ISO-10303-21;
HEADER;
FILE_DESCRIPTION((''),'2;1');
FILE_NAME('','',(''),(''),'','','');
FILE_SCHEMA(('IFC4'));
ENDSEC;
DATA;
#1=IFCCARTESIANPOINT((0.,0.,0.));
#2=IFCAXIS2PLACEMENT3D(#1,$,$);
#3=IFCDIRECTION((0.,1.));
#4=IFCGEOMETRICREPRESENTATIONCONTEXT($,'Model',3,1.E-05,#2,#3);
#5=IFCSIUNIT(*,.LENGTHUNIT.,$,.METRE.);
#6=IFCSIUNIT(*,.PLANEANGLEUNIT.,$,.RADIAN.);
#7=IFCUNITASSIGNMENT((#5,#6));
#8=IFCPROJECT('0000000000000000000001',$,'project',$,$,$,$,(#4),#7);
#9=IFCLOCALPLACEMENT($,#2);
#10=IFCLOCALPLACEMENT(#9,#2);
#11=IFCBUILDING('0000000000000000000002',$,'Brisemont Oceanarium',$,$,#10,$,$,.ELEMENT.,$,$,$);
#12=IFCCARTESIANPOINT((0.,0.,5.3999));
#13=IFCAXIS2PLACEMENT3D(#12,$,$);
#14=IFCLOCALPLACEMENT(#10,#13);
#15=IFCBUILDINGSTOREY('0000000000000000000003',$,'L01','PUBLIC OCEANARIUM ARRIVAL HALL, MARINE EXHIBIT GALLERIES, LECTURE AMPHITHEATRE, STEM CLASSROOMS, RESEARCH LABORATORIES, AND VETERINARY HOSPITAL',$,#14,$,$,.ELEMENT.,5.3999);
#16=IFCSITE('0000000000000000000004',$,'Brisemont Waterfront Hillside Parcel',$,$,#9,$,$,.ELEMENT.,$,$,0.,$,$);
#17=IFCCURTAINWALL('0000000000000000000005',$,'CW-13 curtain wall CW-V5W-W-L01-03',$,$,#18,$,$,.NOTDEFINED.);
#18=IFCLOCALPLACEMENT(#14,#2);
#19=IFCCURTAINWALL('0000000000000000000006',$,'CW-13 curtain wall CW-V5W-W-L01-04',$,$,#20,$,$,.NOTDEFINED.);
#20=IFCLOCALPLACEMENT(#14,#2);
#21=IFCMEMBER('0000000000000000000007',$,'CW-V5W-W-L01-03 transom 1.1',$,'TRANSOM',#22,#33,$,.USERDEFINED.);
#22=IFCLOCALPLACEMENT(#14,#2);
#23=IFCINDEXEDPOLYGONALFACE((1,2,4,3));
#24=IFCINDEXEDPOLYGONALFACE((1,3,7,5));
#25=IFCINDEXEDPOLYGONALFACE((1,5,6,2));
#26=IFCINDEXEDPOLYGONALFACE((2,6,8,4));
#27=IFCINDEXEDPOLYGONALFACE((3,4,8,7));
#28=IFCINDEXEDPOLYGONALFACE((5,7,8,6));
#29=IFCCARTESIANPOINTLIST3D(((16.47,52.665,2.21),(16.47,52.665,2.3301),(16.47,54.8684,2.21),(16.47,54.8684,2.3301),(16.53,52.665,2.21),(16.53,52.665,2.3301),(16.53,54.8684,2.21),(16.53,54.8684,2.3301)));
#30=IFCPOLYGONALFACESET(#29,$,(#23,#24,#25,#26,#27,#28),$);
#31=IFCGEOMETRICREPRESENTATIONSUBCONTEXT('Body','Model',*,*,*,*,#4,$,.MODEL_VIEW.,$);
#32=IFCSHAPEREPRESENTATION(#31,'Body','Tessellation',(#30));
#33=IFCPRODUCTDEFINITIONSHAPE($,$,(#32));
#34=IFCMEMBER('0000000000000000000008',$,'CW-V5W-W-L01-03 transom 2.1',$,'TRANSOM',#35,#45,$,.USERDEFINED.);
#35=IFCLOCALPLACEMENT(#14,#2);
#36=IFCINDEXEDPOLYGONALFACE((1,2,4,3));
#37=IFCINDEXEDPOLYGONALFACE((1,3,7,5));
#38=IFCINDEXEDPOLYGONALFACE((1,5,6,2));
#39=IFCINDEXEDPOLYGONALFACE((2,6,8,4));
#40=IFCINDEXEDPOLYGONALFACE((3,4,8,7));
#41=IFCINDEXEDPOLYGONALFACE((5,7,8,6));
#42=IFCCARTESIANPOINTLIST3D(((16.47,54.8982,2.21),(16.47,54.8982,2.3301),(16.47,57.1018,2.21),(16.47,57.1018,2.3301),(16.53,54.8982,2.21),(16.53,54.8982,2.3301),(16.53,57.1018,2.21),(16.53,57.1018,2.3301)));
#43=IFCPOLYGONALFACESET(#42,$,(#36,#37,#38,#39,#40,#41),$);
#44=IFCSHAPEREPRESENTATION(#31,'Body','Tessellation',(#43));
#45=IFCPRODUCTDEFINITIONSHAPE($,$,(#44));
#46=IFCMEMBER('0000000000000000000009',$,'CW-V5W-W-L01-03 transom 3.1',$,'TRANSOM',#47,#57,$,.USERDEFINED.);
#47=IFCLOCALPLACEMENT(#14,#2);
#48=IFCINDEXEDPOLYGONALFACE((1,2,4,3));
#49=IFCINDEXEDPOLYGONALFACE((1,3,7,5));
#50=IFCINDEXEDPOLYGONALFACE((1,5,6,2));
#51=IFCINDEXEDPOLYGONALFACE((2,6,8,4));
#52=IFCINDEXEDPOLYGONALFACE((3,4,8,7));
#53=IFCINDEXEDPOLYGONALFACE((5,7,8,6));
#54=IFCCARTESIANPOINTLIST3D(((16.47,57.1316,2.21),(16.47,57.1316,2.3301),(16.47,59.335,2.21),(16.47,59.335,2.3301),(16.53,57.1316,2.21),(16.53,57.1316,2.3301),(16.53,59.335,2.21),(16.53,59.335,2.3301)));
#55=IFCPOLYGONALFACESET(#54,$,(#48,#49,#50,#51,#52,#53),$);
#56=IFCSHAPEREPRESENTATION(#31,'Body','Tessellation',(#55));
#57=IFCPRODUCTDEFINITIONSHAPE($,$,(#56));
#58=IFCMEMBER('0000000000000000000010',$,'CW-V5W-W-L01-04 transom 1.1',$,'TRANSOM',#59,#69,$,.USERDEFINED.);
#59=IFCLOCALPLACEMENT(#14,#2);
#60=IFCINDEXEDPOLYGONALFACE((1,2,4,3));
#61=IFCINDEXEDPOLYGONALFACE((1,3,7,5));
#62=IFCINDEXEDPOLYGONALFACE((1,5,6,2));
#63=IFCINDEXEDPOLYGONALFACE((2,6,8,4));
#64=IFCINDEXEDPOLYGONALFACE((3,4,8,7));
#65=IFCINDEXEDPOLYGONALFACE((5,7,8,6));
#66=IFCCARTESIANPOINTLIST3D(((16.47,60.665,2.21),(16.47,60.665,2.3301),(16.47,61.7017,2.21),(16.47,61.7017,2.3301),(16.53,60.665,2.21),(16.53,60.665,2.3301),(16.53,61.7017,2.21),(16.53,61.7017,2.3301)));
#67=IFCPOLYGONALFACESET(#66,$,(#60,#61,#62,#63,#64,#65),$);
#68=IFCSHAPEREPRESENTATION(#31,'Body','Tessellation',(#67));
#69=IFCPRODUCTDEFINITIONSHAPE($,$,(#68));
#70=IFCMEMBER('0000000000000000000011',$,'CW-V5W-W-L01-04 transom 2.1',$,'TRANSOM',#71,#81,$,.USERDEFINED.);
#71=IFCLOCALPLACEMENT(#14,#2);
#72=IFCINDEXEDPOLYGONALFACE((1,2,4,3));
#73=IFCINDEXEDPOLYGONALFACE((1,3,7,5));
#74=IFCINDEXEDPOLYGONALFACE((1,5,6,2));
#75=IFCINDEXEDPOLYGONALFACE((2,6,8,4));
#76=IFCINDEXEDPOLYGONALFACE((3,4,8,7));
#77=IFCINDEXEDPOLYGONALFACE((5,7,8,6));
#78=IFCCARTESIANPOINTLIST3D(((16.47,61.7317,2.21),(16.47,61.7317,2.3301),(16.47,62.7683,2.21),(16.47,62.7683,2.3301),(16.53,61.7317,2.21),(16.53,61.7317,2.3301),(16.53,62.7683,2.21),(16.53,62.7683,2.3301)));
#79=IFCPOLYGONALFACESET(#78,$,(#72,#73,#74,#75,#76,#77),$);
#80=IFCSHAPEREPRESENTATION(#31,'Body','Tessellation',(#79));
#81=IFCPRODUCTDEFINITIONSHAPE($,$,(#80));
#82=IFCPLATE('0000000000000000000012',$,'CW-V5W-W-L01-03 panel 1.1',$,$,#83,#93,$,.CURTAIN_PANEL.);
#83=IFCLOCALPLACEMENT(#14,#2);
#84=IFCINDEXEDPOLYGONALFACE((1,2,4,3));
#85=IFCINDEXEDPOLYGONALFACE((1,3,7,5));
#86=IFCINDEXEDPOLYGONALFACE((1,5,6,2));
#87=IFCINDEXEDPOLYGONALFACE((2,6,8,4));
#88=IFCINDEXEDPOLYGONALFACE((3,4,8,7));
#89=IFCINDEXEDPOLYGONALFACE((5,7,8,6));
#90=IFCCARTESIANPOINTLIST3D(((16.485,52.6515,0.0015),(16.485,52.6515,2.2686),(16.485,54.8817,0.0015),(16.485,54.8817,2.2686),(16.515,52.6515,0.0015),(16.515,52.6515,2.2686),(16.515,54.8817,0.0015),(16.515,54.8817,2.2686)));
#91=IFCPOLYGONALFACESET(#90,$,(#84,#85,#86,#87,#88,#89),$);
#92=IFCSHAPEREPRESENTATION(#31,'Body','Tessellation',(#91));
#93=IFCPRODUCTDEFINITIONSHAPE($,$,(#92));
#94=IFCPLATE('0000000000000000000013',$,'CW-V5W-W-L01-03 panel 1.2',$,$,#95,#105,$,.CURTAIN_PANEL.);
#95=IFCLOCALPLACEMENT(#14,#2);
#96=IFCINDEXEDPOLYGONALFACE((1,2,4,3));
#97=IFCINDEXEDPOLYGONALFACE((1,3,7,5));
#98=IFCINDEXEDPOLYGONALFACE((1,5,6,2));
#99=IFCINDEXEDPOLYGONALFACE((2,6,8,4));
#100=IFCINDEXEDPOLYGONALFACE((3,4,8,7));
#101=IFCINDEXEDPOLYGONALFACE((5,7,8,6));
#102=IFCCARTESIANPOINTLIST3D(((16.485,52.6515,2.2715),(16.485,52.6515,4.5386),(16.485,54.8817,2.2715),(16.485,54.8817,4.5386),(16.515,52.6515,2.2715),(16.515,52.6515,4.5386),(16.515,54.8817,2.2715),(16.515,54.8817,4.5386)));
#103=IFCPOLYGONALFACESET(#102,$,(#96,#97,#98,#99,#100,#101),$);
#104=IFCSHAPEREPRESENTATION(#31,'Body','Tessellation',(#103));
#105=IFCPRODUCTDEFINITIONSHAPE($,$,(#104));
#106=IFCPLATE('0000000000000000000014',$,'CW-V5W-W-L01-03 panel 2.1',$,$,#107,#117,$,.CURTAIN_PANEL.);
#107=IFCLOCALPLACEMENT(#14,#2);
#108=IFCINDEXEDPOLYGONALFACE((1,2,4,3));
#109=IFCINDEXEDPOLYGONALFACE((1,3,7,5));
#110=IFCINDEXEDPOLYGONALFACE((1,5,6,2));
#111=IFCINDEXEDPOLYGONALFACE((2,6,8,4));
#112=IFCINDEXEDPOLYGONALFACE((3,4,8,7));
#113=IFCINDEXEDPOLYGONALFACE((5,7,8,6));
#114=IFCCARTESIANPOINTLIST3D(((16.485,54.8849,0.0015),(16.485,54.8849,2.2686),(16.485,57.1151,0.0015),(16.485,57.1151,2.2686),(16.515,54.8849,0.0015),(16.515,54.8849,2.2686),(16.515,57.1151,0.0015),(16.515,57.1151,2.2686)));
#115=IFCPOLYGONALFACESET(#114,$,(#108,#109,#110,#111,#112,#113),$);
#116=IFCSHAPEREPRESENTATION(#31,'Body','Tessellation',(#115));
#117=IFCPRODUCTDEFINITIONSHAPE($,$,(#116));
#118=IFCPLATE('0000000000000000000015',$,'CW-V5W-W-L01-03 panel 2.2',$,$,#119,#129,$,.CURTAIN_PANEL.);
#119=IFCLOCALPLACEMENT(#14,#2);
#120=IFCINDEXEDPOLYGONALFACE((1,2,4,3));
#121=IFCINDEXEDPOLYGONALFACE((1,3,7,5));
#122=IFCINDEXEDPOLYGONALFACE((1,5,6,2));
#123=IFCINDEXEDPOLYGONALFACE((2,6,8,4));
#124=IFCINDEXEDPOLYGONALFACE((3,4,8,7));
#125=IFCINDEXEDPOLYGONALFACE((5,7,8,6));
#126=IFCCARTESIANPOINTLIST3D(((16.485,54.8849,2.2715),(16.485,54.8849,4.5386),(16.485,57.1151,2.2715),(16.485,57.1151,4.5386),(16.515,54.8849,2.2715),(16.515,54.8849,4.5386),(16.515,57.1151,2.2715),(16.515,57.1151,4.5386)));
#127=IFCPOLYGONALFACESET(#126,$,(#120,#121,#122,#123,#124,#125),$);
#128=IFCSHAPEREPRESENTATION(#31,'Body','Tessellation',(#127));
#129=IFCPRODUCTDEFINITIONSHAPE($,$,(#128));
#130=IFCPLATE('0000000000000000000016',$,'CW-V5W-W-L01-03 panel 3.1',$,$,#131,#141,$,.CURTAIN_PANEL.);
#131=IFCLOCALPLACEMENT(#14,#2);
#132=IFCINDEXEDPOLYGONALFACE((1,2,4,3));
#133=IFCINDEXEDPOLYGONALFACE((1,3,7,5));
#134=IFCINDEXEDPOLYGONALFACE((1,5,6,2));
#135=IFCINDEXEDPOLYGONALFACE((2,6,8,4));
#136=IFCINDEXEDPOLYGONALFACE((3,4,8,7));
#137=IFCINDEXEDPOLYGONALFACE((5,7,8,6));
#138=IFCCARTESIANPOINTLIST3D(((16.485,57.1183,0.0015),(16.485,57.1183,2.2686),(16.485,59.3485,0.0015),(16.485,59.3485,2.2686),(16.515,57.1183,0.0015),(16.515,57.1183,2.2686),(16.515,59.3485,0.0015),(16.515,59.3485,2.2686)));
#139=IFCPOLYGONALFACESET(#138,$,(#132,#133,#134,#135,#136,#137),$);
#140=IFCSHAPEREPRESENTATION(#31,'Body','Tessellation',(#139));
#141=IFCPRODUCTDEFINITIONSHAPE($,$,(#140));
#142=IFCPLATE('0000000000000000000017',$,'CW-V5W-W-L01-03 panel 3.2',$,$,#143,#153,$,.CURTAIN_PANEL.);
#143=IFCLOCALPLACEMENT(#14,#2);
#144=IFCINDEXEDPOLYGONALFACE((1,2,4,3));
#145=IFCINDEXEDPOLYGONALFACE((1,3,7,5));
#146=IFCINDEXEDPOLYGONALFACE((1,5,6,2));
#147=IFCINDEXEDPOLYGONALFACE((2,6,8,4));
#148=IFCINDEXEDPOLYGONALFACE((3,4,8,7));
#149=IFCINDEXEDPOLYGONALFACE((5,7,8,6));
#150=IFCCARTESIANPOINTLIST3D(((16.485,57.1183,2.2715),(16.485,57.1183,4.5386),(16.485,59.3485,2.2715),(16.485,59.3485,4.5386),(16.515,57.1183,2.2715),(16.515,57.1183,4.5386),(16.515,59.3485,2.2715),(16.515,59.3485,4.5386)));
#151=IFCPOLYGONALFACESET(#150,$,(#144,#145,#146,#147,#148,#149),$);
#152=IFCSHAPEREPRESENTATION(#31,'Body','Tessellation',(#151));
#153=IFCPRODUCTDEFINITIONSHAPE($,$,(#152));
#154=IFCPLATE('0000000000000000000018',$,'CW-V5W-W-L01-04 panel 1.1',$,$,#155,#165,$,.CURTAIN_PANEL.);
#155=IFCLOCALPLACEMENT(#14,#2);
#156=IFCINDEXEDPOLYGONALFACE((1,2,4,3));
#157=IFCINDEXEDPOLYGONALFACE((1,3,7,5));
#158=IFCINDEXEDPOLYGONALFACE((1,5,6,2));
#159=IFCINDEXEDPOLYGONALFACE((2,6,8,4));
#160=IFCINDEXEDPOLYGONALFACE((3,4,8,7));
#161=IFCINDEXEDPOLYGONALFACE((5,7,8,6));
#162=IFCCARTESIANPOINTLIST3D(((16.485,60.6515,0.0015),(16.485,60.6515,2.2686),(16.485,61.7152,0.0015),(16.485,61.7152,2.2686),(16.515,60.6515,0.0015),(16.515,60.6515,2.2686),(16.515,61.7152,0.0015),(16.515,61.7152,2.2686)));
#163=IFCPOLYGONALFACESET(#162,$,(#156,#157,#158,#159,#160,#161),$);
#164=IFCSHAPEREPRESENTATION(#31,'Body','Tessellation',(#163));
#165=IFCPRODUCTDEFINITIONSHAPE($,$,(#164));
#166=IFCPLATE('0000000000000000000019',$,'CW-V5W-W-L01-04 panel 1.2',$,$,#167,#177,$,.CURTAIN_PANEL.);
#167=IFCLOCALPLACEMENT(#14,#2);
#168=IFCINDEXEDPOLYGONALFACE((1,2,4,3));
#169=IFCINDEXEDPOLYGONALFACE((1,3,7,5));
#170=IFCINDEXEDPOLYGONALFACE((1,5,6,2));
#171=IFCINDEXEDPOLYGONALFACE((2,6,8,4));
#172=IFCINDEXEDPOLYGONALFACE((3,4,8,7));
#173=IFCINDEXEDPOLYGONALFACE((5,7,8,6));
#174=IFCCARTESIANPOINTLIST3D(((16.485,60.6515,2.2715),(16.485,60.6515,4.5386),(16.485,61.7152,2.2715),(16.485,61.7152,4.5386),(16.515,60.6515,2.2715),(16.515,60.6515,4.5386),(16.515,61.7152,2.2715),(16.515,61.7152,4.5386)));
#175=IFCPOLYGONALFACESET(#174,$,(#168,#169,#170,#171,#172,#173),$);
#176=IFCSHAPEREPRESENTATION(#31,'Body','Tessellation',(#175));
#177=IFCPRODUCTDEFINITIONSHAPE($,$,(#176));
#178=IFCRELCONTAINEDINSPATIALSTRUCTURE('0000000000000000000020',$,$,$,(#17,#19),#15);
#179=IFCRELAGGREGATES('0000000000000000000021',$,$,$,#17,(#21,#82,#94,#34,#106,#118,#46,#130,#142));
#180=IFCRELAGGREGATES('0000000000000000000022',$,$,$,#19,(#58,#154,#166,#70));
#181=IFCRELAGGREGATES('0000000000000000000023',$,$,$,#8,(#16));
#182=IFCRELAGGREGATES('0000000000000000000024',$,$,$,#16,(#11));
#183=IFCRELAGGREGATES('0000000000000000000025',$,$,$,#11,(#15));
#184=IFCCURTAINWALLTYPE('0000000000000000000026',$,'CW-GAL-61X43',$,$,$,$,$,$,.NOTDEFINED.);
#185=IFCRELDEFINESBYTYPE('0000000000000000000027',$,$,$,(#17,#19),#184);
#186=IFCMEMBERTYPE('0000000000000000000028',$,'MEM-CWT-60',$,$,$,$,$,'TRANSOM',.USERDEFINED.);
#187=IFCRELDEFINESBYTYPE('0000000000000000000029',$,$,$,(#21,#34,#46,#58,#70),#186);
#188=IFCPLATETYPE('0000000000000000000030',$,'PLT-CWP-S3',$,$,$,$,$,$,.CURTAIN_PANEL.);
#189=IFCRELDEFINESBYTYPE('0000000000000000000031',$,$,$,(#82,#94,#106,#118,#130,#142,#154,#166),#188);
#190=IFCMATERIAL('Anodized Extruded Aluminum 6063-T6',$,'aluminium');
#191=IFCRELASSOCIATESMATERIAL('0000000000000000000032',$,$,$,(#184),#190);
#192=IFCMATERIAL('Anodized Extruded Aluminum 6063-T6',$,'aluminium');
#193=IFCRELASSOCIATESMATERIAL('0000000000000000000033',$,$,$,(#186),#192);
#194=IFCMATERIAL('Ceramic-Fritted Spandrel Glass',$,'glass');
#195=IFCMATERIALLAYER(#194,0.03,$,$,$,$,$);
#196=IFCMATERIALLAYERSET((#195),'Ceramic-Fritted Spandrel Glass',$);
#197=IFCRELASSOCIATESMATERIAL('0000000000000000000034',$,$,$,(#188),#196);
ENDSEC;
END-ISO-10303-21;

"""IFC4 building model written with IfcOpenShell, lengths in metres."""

from ifc_helpers import new_model, si_unit, direction, frame, origin, origin_2d, place, context, subcontext, project, spatial, rectangle, extrude, material, layer, layer_set, material_profile, profile_set, type_object, element, aggregate, save


model = new_model("IFC4")

# Units and contexts
model_context = context("Model", 3, precision=1e-05, world=origin(), true_north=direction((0.0, 1.0)))
body_context = subcontext(model_context, "Body", "Model", "MODEL_VIEW")
ifc_project = project(units=[si_unit("LENGTHUNIT", "METRE"), si_unit("PLANEANGLEUNIT", "RADIAN")], contexts=[model_context])

# Site, building, storey
site_placement = place(None, origin())
site = spatial("IfcSite", under=ifc_project, at=site_placement, Name="Brisemont Waterfront Hillside Parcel", CompositionType="ELEMENT", RefElevation=0.0)
building_placement = place(site_placement, origin())
building = spatial("IfcBuilding", under=site, at=building_placement, Name="Brisemont Oceanarium", CompositionType="ELEMENT")
storey_placement = place(building_placement, frame((0.0, 0.0, 5.3999)))
storey = spatial("IfcBuildingStorey", under=building, at=storey_placement, Name="L01", Description="PUBLIC OCEANARIUM ARRIVAL HALL, MARINE EXHIBIT GALLERIES, LECTURE AMPHITHEATRE, STEM CLASSROOMS, RESEARCH LABORATORIES, AND VETERINARY HOSPITAL", CompositionType="ELEMENT", Elevation=5.3999)

# Shared definitions
ifc_material_1 = material(Name="Anodized Extruded Aluminum 6063-T6", Category="aluminium")
curtain_wall_type = type_object("IfcCurtainWallType", Name="CW-GAL-61X43", PredefinedType="NOTDEFINED", material=ifc_material_1)

# Curtain walls
curtain_wall_1_placement = place(storey_placement, origin())
curtain_wall_1 = element("IfcCurtainWall", 1, at=curtain_wall_1_placement, inside=storey, type_object=curtain_wall_type, Name="CW-13 curtain wall CW-V5W-W-L01-03", PredefinedType="NOTDEFINED")
curtain_wall_2_placement = place(storey_placement, origin())
curtain_wall_2 = element("IfcCurtainWall", 2, at=curtain_wall_2_placement, inside=storey, type_object=curtain_wall_type, Name="CW-13 curtain wall CW-V5W-W-L01-04", PredefinedType="NOTDEFINED")

# Members
ifc_material_2 = material(Name="Anodized Extruded Aluminum 6063-T6", Category="aluminium")
ifc_material_profile_1 = material_profile(ifc_material_2, rectangle(XDim=0.0601, YDim=0.1201, at=origin_2d()), Name="CWT-60X120")
ifc_profile_set_1 = profile_set([ifc_material_profile_1], Name="Anodized Extruded Aluminum 6063-T6")
member_type_1 = type_object("IfcMemberType", Name="MEM-CWT-60", ElementType="TRANSOM", PredefinedType="USERDEFINED", material=ifc_profile_set_1)
member_1_placement = place(storey_placement, frame((16.5, 52.665, 2.27), z_axis=(0.0, 1.0, 0.0), x_axis=(-1.0, 0.0, 0.0)))
member_1 = element("IfcMember", 3, at=member_1_placement, type_object=member_type_1, Name="CW-V5W-W-L01-03 transom 1.1", ObjectType="TRANSOM", PredefinedType="USERDEFINED", context=body_context, shape_type="SweptSolid", body=[
    extrude(rectangle(XDim=0.0601, YDim=0.1201, at=origin_2d()), origin(), (0.0, 0.0, 1.0), 2.2034),
])
member_2_placement = place(storey_placement, frame((16.5, 54.8982, 2.27), z_axis=(0.0, 1.0, 0.0), x_axis=(-1.0, 0.0, 0.0)))
member_2 = element("IfcMember", 4, at=member_2_placement, type_object=member_type_1, Name="CW-V5W-W-L01-03 transom 2.1", ObjectType="TRANSOM", PredefinedType="USERDEFINED", context=body_context, shape_type="SweptSolid", body=[
    extrude(rectangle(XDim=0.0601, YDim=0.1201, at=origin_2d()), origin(), (0.0, 0.0, 1.0), 2.2036),
])
member_3_placement = place(storey_placement, frame((16.5, 57.1316, 2.27), z_axis=(0.0, 1.0, 0.0), x_axis=(-1.0, 0.0, 0.0)))
member_3 = element("IfcMember", 5, at=member_3_placement, type_object=member_type_1, Name="CW-V5W-W-L01-03 transom 3.1", ObjectType="TRANSOM", PredefinedType="USERDEFINED", context=body_context, shape_type="SweptSolid", body=[
    extrude(rectangle(XDim=0.0601, YDim=0.1201, at=origin_2d()), origin(), (0.0, 0.0, 1.0), 2.2034),
])
member_4_placement = place(storey_placement, frame((16.5, 60.665, 2.27), z_axis=(0.0, 1.0, 0.0), x_axis=(-1.0, 0.0, 0.0)))
member_4 = element("IfcMember", 6, at=member_4_placement, type_object=member_type_1, Name="CW-V5W-W-L01-04 transom 1.1", ObjectType="TRANSOM", PredefinedType="USERDEFINED", context=body_context, shape_type="SweptSolid", body=[
    extrude(rectangle(XDim=0.0601, YDim=0.1201, at=origin_2d()), origin(), (0.0, 0.0, 1.0), 1.0366),
])
member_5_placement = place(storey_placement, frame((16.5, 61.7317, 2.27), z_axis=(0.0, 1.0, 0.0), x_axis=(-1.0, 0.0, 0.0)))
member_5 = element("IfcMember", 7, at=member_5_placement, type_object=member_type_1, Name="CW-V5W-W-L01-04 transom 2.1", ObjectType="TRANSOM", PredefinedType="USERDEFINED", context=body_context, shape_type="SweptSolid", body=[
    extrude(rectangle(XDim=0.0601, YDim=0.1201, at=origin_2d()), origin(), (0.0, 0.0, 1.0), 1.0366),
])

# Plates
ifc_material_3 = material(Name="Ceramic-Fritted Spandrel Glass", Category="glass")
ifc_layer_1 = layer(ifc_material_3, 0.03)
ifc_layer_set_1 = layer_set([ifc_layer_1], Name="Ceramic-Fritted Spandrel Glass")
plate_type = type_object("IfcPlateType", Name="PLT-CWP-S3", PredefinedType="CURTAIN_PANEL", material=ifc_layer_set_1)
plate_1_placement = place(storey_placement, frame((16.5, 53.7666, 0.0015), z_axis=(0.0, 0.0, 1.0), x_axis=(0.0, 1.0, 0.0)))
plate_1 = element("IfcPlate", 8, at=plate_1_placement, type_object=plate_type, Name="CW-V5W-W-L01-03 panel 1.1", PredefinedType="CURTAIN_PANEL", context=body_context, shape_type="SweptSolid", body=[
    extrude(rectangle(XDim=2.2302, YDim=0.03, at=origin_2d()), origin(), (0.0, 0.0, 1.0), 2.2671),
])
plate_2_placement = place(storey_placement, frame((16.5, 53.7666, 2.2715), z_axis=(0.0, 0.0, 1.0), x_axis=(0.0, 1.0, 0.0)))
plate_2 = element("IfcPlate", 9, at=plate_2_placement, type_object=plate_type, Name="CW-V5W-W-L01-03 panel 1.2", PredefinedType="CURTAIN_PANEL", context=body_context, shape_type="SweptSolid", body=[
    extrude(rectangle(XDim=2.2302, YDim=0.03, at=origin_2d()), origin(), (0.0, 0.0, 1.0), 2.2671),
])
plate_3_placement = place(storey_placement, frame((16.5, 56.0, 0.0015), z_axis=(0.0, 0.0, 1.0), x_axis=(0.0, 1.0, 0.0)))
plate_3 = element("IfcPlate", 10, at=plate_3_placement, type_object=plate_type, Name="CW-V5W-W-L01-03 panel 2.1", PredefinedType="CURTAIN_PANEL", context=body_context, shape_type="SweptSolid", body=[
    extrude(rectangle(XDim=2.2302, YDim=0.03, at=origin_2d()), origin(), (0.0, 0.0, 1.0), 2.2671),
])
plate_4_placement = place(storey_placement, frame((16.5, 56.0, 2.2715), z_axis=(0.0, 0.0, 1.0), x_axis=(0.0, 1.0, 0.0)))
plate_4 = element("IfcPlate", 11, at=plate_4_placement, type_object=plate_type, Name="CW-V5W-W-L01-03 panel 2.2", PredefinedType="CURTAIN_PANEL", context=body_context, shape_type="SweptSolid", body=[
    extrude(rectangle(XDim=2.2302, YDim=0.03, at=origin_2d()), origin(), (0.0, 0.0, 1.0), 2.2671),
])
plate_5_placement = place(storey_placement, frame((16.5, 58.2334, 0.0015), z_axis=(0.0, 0.0, 1.0), x_axis=(0.0, 1.0, 0.0)))
plate_5 = element("IfcPlate", 12, at=plate_5_placement, type_object=plate_type, Name="CW-V5W-W-L01-03 panel 3.1", PredefinedType="CURTAIN_PANEL", context=body_context, shape_type="SweptSolid", body=[
    extrude(rectangle(XDim=2.2302, YDim=0.03, at=origin_2d()), origin(), (0.0, 0.0, 1.0), 2.2671),
])
plate_6_placement = place(storey_placement, frame((16.5, 58.2334, 2.2715), z_axis=(0.0, 0.0, 1.0), x_axis=(0.0, 1.0, 0.0)))
plate_6 = element("IfcPlate", 13, at=plate_6_placement, type_object=plate_type, Name="CW-V5W-W-L01-03 panel 3.2", PredefinedType="CURTAIN_PANEL", context=body_context, shape_type="SweptSolid", body=[
    extrude(rectangle(XDim=2.2302, YDim=0.03, at=origin_2d()), origin(), (0.0, 0.0, 1.0), 2.2671),
])
aggregate(curtain_wall_1, [member_1, plate_1, plate_2, member_2, plate_3, plate_4, member_3, plate_5, plate_6])
plate_7_placement = place(storey_placement, frame((16.5, 61.1833, 0.0015), z_axis=(0.0, 0.0, 1.0), x_axis=(0.0, 1.0, 0.0)))
plate_7 = element("IfcPlate", 14, at=plate_7_placement, type_object=plate_type, Name="CW-V5W-W-L01-04 panel 1.1", PredefinedType="CURTAIN_PANEL", context=body_context, shape_type="SweptSolid", body=[
    extrude(rectangle(XDim=1.0637, YDim=0.03, at=origin_2d()), origin(), (0.0, 0.0, 1.0), 2.2671),
])
plate_8_placement = place(storey_placement, frame((16.5, 61.1833, 2.2715), z_axis=(0.0, 0.0, 1.0), x_axis=(0.0, 1.0, 0.0)))
plate_8 = element("IfcPlate", 15, at=plate_8_placement, type_object=plate_type, Name="CW-V5W-W-L01-04 panel 1.2", PredefinedType="CURTAIN_PANEL", context=body_context, shape_type="SweptSolid", body=[
    extrude(rectangle(XDim=1.0637, YDim=0.03, at=origin_2d()), origin(), (0.0, 0.0, 1.0), 2.2671),
])
aggregate(curtain_wall_2, [member_4, plate_7, plate_8, member_5])

save(model, "model.ifc")
